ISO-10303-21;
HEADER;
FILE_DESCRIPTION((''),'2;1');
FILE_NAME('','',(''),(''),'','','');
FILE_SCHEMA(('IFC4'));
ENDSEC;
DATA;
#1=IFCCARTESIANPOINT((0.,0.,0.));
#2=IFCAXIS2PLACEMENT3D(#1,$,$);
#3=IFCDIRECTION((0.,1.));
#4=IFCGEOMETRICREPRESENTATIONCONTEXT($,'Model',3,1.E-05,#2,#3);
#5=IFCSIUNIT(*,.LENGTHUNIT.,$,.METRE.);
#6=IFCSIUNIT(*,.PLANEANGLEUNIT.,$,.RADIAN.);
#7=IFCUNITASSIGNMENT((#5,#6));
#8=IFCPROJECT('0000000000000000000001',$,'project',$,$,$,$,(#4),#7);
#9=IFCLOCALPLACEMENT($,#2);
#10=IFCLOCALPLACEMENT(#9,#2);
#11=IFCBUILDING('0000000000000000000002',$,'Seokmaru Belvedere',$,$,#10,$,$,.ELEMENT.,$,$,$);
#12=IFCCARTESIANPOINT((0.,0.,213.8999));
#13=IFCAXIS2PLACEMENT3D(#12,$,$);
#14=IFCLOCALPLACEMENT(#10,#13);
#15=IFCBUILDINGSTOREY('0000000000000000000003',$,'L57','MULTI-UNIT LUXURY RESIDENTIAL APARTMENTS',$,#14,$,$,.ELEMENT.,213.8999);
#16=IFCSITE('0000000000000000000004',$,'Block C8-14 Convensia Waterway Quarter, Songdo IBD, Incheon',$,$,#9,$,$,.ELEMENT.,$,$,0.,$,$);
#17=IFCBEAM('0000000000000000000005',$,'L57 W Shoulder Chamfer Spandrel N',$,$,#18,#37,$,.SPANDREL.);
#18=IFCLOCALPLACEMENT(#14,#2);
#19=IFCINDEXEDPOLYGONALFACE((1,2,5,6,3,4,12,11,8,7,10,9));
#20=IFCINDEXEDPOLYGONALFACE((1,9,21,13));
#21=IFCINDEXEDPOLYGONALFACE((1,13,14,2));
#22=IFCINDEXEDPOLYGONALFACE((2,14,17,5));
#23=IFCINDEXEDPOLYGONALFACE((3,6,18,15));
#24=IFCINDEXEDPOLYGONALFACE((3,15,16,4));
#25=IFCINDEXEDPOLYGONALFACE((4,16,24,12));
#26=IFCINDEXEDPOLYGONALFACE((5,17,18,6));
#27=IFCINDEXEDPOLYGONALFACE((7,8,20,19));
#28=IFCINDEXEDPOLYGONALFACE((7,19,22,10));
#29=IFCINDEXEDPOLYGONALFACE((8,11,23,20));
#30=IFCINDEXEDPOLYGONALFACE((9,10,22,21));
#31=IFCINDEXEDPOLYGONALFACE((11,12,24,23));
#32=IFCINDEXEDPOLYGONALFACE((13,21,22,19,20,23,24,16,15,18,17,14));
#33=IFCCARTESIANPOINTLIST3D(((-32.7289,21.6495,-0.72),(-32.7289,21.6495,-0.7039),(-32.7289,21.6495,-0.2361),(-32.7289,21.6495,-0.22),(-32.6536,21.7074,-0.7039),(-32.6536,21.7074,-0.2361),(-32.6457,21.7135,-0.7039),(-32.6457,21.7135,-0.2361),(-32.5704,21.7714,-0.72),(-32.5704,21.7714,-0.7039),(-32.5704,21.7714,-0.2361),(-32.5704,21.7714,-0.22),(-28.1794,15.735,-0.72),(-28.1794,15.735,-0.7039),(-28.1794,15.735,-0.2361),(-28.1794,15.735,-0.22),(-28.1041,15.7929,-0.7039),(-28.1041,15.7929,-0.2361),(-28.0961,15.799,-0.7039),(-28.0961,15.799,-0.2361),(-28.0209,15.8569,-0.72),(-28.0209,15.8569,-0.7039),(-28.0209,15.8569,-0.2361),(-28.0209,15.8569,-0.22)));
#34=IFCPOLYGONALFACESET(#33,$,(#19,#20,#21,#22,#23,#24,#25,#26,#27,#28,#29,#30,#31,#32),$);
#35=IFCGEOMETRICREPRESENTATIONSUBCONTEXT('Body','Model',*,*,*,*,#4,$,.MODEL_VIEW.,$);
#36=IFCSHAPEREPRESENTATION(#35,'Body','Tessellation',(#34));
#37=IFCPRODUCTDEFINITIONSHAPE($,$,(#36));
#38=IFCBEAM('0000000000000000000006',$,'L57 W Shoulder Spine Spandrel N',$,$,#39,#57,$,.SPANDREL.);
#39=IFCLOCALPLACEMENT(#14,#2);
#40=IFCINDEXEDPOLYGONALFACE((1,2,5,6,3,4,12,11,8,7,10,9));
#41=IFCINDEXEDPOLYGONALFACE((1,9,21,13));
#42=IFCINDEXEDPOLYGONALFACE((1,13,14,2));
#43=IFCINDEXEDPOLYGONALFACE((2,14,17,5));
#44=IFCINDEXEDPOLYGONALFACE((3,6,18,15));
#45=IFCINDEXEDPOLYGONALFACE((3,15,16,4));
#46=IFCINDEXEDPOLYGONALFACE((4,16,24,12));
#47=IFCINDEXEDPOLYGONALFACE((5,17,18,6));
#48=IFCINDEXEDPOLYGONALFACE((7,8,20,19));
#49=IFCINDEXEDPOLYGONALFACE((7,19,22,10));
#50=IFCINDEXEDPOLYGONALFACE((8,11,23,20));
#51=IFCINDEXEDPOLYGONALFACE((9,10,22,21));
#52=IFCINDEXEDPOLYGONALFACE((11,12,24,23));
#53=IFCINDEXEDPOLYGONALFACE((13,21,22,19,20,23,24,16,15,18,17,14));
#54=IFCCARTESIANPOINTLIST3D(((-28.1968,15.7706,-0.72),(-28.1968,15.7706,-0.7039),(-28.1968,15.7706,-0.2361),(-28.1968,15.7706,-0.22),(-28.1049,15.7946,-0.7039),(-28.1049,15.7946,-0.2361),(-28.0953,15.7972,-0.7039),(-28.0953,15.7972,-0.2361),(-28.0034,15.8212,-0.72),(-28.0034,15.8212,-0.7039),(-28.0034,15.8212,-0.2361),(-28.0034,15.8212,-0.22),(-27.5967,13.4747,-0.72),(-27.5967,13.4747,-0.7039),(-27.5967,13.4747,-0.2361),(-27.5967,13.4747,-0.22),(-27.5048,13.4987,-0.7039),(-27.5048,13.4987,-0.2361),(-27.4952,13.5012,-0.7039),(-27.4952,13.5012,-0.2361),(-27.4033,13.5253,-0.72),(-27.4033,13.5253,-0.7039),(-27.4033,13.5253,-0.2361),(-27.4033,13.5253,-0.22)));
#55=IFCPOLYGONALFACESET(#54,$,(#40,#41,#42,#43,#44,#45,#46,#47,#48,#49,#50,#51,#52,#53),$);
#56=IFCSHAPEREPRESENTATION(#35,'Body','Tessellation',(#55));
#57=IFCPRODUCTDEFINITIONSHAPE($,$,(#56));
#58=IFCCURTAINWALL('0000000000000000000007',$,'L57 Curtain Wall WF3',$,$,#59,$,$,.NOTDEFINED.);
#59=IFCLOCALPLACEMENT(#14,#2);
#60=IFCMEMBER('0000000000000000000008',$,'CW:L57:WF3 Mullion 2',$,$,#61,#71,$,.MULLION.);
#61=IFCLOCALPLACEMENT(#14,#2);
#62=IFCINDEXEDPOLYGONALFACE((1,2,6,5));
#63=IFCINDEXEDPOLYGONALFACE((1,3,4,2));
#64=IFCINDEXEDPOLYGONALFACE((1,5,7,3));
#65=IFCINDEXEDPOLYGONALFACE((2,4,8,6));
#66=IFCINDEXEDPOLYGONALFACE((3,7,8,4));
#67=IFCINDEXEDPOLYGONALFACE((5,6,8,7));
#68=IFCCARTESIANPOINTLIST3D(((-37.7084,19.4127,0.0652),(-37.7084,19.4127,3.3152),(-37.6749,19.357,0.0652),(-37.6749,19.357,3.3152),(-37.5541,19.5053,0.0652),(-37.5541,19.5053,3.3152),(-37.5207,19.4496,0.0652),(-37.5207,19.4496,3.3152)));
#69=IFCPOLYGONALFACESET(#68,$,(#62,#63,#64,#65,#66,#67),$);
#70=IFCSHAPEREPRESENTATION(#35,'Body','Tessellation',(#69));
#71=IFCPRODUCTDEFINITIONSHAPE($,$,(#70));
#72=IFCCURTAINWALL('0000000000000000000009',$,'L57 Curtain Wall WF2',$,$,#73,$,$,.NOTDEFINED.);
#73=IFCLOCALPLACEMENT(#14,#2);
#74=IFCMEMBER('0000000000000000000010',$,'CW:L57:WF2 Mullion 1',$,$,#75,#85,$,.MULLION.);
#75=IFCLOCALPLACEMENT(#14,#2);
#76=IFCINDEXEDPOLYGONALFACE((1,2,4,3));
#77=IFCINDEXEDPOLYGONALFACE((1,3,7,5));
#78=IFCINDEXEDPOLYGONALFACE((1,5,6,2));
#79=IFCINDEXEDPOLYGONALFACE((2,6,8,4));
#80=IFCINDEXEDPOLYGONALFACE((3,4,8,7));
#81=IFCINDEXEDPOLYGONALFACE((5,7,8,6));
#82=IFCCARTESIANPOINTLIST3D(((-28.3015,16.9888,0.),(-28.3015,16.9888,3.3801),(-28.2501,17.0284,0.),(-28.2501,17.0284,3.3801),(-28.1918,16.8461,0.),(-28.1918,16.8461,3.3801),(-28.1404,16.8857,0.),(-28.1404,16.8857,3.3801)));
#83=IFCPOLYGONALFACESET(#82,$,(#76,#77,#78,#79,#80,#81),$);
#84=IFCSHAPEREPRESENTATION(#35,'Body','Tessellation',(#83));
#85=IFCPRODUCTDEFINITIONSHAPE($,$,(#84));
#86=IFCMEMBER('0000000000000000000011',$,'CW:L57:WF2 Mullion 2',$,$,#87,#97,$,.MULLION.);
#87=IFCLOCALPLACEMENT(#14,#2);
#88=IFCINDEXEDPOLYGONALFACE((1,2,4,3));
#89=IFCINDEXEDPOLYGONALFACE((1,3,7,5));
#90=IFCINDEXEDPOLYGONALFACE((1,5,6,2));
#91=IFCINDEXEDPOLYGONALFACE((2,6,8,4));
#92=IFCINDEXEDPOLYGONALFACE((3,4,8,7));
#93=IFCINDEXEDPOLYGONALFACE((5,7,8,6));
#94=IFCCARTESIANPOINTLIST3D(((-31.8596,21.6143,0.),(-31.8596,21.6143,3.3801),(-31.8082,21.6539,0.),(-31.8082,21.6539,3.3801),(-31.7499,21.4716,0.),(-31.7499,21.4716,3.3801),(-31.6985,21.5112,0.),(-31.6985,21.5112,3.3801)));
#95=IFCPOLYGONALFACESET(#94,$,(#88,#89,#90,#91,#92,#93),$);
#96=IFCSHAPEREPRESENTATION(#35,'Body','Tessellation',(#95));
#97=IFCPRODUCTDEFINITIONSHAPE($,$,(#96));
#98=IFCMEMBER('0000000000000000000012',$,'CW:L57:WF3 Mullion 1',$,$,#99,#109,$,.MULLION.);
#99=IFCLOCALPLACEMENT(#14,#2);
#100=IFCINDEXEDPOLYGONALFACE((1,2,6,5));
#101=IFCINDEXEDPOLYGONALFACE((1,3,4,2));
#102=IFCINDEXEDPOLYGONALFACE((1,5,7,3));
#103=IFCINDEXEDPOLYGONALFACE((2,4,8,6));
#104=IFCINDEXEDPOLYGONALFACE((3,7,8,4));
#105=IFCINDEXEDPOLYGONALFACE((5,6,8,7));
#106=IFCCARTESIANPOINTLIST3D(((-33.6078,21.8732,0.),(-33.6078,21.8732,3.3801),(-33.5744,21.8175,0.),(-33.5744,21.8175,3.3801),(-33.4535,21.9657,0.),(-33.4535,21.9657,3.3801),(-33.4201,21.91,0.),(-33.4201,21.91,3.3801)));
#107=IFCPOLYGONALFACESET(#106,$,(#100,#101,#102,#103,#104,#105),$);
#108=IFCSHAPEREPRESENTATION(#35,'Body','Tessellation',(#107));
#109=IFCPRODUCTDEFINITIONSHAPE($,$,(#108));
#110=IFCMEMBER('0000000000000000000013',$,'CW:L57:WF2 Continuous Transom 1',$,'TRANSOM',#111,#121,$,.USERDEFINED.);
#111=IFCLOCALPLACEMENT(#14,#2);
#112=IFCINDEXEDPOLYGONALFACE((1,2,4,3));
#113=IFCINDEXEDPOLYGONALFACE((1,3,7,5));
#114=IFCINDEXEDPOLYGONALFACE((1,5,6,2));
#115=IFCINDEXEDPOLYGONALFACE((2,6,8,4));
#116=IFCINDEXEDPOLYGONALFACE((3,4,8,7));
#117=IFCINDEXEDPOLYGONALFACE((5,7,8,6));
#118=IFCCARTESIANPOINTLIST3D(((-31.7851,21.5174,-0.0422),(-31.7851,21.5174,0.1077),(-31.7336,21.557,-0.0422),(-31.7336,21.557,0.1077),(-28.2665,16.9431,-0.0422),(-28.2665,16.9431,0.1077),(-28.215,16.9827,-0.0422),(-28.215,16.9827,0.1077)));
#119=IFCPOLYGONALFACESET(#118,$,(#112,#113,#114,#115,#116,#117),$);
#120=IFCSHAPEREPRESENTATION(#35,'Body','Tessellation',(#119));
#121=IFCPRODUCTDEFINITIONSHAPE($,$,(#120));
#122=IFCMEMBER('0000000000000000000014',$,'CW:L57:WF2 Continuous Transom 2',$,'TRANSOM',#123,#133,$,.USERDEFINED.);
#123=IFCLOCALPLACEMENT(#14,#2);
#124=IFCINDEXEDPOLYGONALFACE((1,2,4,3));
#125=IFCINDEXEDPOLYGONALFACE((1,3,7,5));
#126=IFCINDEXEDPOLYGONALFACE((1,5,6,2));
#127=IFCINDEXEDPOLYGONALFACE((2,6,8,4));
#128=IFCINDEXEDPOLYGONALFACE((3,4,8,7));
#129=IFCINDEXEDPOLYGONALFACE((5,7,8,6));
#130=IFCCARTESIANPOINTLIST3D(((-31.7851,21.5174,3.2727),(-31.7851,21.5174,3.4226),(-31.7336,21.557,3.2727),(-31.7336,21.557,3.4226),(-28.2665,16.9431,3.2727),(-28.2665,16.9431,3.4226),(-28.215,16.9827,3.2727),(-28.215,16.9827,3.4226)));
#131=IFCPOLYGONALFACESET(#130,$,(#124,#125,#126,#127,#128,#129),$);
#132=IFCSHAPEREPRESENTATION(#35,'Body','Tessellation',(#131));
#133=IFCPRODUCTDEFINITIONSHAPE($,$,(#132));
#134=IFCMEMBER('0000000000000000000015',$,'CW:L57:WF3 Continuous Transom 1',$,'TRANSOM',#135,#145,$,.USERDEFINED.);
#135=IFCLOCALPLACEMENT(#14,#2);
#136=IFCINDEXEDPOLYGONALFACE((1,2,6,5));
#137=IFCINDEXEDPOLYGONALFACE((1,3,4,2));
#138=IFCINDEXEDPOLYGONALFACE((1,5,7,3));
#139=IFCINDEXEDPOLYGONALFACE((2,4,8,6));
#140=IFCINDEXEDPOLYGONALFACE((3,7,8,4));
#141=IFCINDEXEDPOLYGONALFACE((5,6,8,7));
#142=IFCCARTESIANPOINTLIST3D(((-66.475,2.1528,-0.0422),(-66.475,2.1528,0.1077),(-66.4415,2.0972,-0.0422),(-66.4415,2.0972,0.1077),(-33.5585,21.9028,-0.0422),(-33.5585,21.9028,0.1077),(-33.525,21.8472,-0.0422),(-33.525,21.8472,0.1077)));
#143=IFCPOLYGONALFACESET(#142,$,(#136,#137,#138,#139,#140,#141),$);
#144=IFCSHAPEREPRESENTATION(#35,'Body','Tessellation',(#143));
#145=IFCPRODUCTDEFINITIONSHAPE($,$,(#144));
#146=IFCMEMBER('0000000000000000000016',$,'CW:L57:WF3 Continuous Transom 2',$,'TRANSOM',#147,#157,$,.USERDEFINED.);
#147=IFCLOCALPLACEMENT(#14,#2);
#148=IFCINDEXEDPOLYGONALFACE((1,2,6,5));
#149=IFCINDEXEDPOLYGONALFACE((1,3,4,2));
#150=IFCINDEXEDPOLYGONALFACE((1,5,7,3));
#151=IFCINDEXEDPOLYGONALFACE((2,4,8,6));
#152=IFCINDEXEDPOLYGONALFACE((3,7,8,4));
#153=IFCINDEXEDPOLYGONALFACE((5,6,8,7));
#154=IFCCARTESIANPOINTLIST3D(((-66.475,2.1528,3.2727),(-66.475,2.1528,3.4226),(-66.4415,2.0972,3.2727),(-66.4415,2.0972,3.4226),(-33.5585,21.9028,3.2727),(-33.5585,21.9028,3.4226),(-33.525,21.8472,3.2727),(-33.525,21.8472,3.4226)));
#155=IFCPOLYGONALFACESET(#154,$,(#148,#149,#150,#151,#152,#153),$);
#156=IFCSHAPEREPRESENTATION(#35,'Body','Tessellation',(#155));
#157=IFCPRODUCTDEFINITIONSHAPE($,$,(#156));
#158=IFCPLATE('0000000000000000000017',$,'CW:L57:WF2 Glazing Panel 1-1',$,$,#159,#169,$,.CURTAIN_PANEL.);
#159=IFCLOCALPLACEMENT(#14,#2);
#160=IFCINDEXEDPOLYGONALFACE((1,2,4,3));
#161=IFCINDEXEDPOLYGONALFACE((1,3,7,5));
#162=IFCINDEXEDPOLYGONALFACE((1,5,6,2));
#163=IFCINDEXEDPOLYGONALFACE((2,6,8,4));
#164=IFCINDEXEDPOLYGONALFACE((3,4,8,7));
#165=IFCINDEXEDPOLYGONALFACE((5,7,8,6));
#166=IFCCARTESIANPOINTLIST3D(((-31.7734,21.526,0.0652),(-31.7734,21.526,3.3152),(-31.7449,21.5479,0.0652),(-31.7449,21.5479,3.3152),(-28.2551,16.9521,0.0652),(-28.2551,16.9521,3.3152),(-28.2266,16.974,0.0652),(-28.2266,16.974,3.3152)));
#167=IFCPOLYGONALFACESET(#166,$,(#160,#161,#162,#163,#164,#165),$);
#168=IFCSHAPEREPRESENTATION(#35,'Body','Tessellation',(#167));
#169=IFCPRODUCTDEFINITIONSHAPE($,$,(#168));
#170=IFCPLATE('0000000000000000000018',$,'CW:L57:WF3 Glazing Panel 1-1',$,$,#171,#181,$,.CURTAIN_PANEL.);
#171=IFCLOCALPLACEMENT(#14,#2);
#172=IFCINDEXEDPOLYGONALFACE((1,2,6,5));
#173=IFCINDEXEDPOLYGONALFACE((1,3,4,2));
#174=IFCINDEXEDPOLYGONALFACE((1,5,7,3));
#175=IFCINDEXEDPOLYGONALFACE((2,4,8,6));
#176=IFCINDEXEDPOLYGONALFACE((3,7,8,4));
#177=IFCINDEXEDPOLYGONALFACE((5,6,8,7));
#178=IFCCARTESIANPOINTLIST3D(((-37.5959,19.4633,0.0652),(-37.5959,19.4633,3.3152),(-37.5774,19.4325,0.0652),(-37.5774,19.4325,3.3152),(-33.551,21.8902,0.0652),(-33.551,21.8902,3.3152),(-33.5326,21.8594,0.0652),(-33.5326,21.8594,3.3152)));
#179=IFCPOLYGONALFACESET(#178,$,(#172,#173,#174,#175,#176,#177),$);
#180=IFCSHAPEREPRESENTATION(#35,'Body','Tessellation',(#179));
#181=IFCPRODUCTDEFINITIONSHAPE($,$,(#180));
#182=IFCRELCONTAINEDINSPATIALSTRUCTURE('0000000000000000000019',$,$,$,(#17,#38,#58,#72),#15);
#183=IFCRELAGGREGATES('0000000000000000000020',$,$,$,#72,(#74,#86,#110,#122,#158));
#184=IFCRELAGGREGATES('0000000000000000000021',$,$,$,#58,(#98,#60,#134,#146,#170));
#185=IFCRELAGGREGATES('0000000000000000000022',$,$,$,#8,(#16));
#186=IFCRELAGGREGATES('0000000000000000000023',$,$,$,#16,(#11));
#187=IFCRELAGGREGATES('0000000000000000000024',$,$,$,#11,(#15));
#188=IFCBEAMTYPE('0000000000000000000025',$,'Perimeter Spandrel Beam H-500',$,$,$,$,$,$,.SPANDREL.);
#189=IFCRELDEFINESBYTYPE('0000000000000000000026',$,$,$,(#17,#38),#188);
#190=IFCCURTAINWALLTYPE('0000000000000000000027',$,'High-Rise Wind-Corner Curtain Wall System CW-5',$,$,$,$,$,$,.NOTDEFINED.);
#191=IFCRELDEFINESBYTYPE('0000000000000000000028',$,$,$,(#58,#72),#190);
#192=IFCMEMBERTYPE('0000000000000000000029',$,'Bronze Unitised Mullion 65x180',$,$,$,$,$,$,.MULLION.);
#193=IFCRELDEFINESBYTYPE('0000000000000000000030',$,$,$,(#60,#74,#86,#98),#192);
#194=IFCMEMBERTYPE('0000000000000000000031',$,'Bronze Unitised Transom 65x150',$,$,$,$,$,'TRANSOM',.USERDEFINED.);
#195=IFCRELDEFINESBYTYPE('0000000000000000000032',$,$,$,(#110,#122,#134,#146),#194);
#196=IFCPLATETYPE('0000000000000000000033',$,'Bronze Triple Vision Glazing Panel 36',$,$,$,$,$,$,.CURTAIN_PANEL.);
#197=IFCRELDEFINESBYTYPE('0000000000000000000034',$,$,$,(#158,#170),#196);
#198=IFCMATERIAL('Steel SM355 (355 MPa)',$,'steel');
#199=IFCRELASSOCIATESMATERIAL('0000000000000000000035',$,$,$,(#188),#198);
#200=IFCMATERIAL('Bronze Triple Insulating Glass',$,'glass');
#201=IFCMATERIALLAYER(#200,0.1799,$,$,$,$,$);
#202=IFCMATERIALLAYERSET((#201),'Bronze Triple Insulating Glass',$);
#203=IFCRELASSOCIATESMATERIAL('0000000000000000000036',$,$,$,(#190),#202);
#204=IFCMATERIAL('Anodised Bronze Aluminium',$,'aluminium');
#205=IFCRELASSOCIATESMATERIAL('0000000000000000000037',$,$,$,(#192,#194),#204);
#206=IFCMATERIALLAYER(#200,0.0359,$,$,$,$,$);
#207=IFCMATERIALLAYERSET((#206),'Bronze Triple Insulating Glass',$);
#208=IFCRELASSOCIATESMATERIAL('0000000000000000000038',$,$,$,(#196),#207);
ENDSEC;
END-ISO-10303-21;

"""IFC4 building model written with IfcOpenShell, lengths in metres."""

from ifc_helpers import new_model, si_unit, direction, frame, origin, origin_2d, place, context, subcontext, project, spatial, rectangle, i_section, extrude, source, transform, mapped, material, layer, layer_set, material_profile, profile_set, type_object, type_shapes, element, aggregate, save


model = new_model("IFC4")

# Units and contexts
model_context = context("Model", 3, precision=1e-05, world=origin(), true_north=direction((0.0, 1.0)))
body_context = subcontext(model_context, "Body", "Model", "MODEL_VIEW")
ifc_project = project(units=[si_unit("LENGTHUNIT", "METRE"), si_unit("PLANEANGLEUNIT", "RADIAN")], contexts=[model_context])

# Site, building, storey
site_placement = place(None, origin())
site = spatial("IfcSite", under=ifc_project, at=site_placement, Name="Block C8-14 Convensia Waterway Quarter, Songdo IBD, Incheon", CompositionType="ELEMENT", RefElevation=0.0)
building_placement = place(site_placement, origin())
building = spatial("IfcBuilding", under=site, at=building_placement, Name="Seokmaru Belvedere", CompositionType="ELEMENT")
storey_placement = place(building_placement, frame((0.0, 0.0, 213.8999)))
storey = spatial("IfcBuildingStorey", under=building, at=storey_placement, Name="L57", Description="MULTI-UNIT LUXURY RESIDENTIAL APARTMENTS", CompositionType="ELEMENT", Elevation=213.8999)

# Shared definitions
ifc_material_1 = material(Name="Steel SM355 (355 MPa)", Category="steel")

# Beams
ifc_material_profile_1 = material_profile(ifc_material_1, i_section(OverallWidth=0.2, OverallDepth=0.5, WebThickness=0.01, FlangeThickness=0.0161, at=origin_2d()), Name="H-500x200x10x16")
ifc_profile_set_1 = profile_set([ifc_material_profile_1], Name="Steel SM355 (355 MPa)")
beam_type_1 = type_object("IfcBeamType", Name="Perimeter Spandrel Beam H-500", PredefinedType="SPANDREL", material=ifc_profile_set_1)
shared_shape_1 = source(origin(), body_context, "Body", "SweptSolid", [
    extrude(i_section(OverallWidth=0.2, OverallDepth=0.5, WebThickness=0.01, FlangeThickness=0.0161, at=origin_2d()), origin(), (0.0, 0.0, 1.0), 7.4619),
])
beam_1_placement = place(storey_placement, frame((-32.6497, 21.7104, -0.47), z_axis=(0.609703, -0.79263, 0.0), x_axis=(0.79263, 0.609703, 0.0)))
element("IfcBeam", 1, at=beam_1_placement, inside=storey, type_object=beam_type_1, Name="L57 W Shoulder Chamfer Spandrel N", PredefinedType="SPANDREL", context=body_context, shape_type="MappedRepresentation", body=[
    mapped(shared_shape_1, transform((0.0, 0.0, 0.0), scale=1.0)),
])
shared_shape_2 = source(origin(), body_context, "Body", "SweptSolid", [
    extrude(i_section(OverallWidth=0.2, OverallDepth=0.5, WebThickness=0.01, FlangeThickness=0.0161, at=origin_2d()), origin(), (0.0, 0.0, 1.0), 2.373),
])
beam_2_placement = place(storey_placement, frame((-28.1001, 15.7959, -0.47), z_axis=(0.252883, -0.967497, 0.0), x_axis=(0.967497, 0.252883, 0.0)))
element("IfcBeam", 2, at=beam_2_placement, inside=storey, type_object=beam_type_1, Name="L57 W Shoulder Spine Spandrel N", PredefinedType="SPANDREL", context=body_context, shape_type="MappedRepresentation", body=[
    mapped(shared_shape_2, transform((0.0, 0.0, 0.0), scale=1.0)),
])

# Curtain wall, member
ifc_material_2 = material(Name="Bronze Triple Insulating Glass", Category="glass")
ifc_layer_1 = layer(ifc_material_2, 0.1799)
ifc_layer_set_1 = layer_set([ifc_layer_1], Name="Bronze Triple Insulating Glass")
curtain_wall_type = type_object("IfcCurtainWallType", Name="High-Rise Wind-Corner Curtain Wall System CW-5", PredefinedType="NOTDEFINED", material=ifc_layer_set_1)
curtain_wall_1_placement = place(storey_placement, origin())
curtain_wall_1 = element("IfcCurtainWall", 3, at=curtain_wall_1_placement, inside=storey, type_object=curtain_wall_type, Name="L57 Curtain Wall WF3", PredefinedType="NOTDEFINED")
ifc_material_3 = material(Name="Anodised Bronze Aluminium", Category="aluminium")
ifc_material_profile_2 = material_profile(ifc_material_3, rectangle(XDim=0.0649, YDim=0.1799, at=origin_2d()), Name="CW-M-65x180")
ifc_profile_set_2 = profile_set([ifc_material_profile_2], Name="Anodised Bronze Aluminium")
member_type_1 = type_object("IfcMemberType", Name="Bronze Unitised Mullion 65x180", PredefinedType="MULLION", material=ifc_profile_set_2)
shared_shape_3 = source(origin(), body_context, "Body", "SweptSolid", [
    extrude(rectangle(XDim=0.0649, YDim=0.1799, at=origin_2d()), origin(), (0.0, 0.0, 1.0), 3.25),
])
member_1_placement = place(storey_placement, frame((-37.6145, 19.4312, 0.0652), z_axis=(0.0, 0.0, 1.0), x_axis=(0.514495, -0.857493, 0.0)))
member_1 = element("IfcMember", 4, at=member_1_placement, type_object=member_type_1, Name="CW:L57:WF3 Mullion 2", PredefinedType="MULLION", context=body_context, shape_type="MappedRepresentation", body=[
    mapped(shared_shape_3, transform((0.0, 0.0, 0.0), scale=1.0)),
])

# Curtain wall, members
curtain_wall_2_placement = place(storey_placement, origin())
curtain_wall_2 = element("IfcCurtainWall", 5, at=curtain_wall_2_placement, inside=storey, type_object=curtain_wall_type, Name="L57 Curtain Wall WF2", PredefinedType="NOTDEFINED")
shared_shape_4 = source(origin(), body_context, "Body", "SweptSolid", [
    extrude(rectangle(XDim=0.0649, YDim=0.1799, at=origin_2d()), origin(), (0.0, 0.0, 1.0), 3.3801),
])
type_shapes(member_type_1, [shared_shape_3, shared_shape_4])
member_2_placement = place(storey_placement, frame((-28.2209, 16.9373, 0.0), z_axis=(0.0, 0.0, 1.0), x_axis=(-0.792631, -0.609701, 0.0)))
member_2 = element("IfcMember", 6, at=member_2_placement, type_object=member_type_1, Name="CW:L57:WF2 Mullion 1", PredefinedType="MULLION", context=body_context, shape_type="MappedRepresentation", body=[
    mapped(shared_shape_4, transform((0.0, 0.0, 0.0), scale=1.0)),
])
member_3_placement = place(storey_placement, frame((-31.7791, 21.5627, 0.0), z_axis=(0.0, 0.0, 1.0), x_axis=(-0.792631, -0.609701, 0.0)))
member_3 = element("IfcMember", 7, at=member_3_placement, type_object=member_type_1, Name="CW:L57:WF2 Mullion 2", PredefinedType="MULLION", context=body_context, shape_type="MappedRepresentation", body=[
    mapped(shared_shape_4, transform((0.0, 0.0, 0.0), scale=1.0)),
])

# Members
member_4_placement = place(storey_placement, frame((-33.5139, 21.8916, 0.0), z_axis=(0.0, 0.0, 1.0), x_axis=(0.514495, -0.857493, 0.0)))
member_4 = element("IfcMember", 8, at=member_4_placement, type_object=member_type_1, Name="CW:L57:WF3 Mullion 1", PredefinedType="MULLION", context=body_context, shape_type="MappedRepresentation", body=[
    mapped(shared_shape_4, transform((0.0, 0.0, 0.0), scale=1.0)),
])
ifc_material_profile_3 = material_profile(ifc_material_3, rectangle(XDim=0.0649, YDim=0.1499, at=origin_2d()), Name="CW-T-65x150")
ifc_profile_set_3 = profile_set([ifc_material_profile_3], Name="Anodised Bronze Aluminium")
member_type_2 = type_object("IfcMemberType", Name="Bronze Unitised Transom 65x150", ElementType="TRANSOM", PredefinedType="USERDEFINED", material=ifc_profile_set_3)
shared_shape_5 = source(origin(), body_context, "Body", "SweptSolid", [
    extrude(rectangle(XDim=0.0649, YDim=0.1499, at=origin_2d()), origin(), (0.0, 0.0, 1.0), 5.771),
])
member_5_placement = place(storey_placement, frame((-28.2407, 16.9629, 0.0327), z_axis=(-0.609703, 0.79263, 0.0), x_axis=(-0.79263, -0.609703, 0.0)))
member_5 = element("IfcMember", 9, at=member_5_placement, type_object=member_type_2, Name="CW:L57:WF2 Continuous Transom 1", ObjectType="TRANSOM", PredefinedType="USERDEFINED", context=body_context, shape_type="MappedRepresentation", body=[
    mapped(shared_shape_5, transform((0.0, 0.0, 0.0), scale=1.0)),
])
member_6_placement = place(storey_placement, frame((-28.2407, 16.9629, 3.3477), z_axis=(-0.609703, 0.79263, 0.0), x_axis=(-0.79263, -0.609703, 0.0)))
member_6 = element("IfcMember", 10, at=member_6_placement, type_object=member_type_2, Name="CW:L57:WF2 Continuous Transom 2", ObjectType="TRANSOM", PredefinedType="USERDEFINED", context=body_context, shape_type="MappedRepresentation", body=[
    mapped(shared_shape_5, transform((0.0, 0.0, 0.0), scale=1.0)),
])
shared_shape_6 = source(origin(), body_context, "Body", "SweptSolid", [
    extrude(rectangle(XDim=0.0649, YDim=0.1499, at=origin_2d()), origin(), (0.0, 0.0, 1.0), 38.387),
])
type_shapes(member_type_2, [shared_shape_5, shared_shape_6])
member_7_placement = place(storey_placement, frame((-33.5417, 21.875, 0.0327), z_axis=(-0.857492, -0.514498, 0.0), x_axis=(0.514498, -0.857492, 0.0)))
member_7 = element("IfcMember", 11, at=member_7_placement, type_object=member_type_2, Name="CW:L57:WF3 Continuous Transom 1", ObjectType="TRANSOM", PredefinedType="USERDEFINED", context=body_context, shape_type="MappedRepresentation", body=[
    mapped(shared_shape_6, transform((0.0, 0.0, 0.0), scale=1.0)),
])
member_8_placement = place(storey_placement, frame((-33.5417, 21.875, 3.3477), z_axis=(-0.857492, -0.514498, 0.0), x_axis=(0.514498, -0.857492, 0.0)))
member_8 = element("IfcMember", 12, at=member_8_placement, type_object=member_type_2, Name="CW:L57:WF3 Continuous Transom 2", ObjectType="TRANSOM", PredefinedType="USERDEFINED", context=body_context, shape_type="MappedRepresentation", body=[
    mapped(shared_shape_6, transform((0.0, 0.0, 0.0), scale=1.0)),
])

# Plates
ifc_layer_2 = layer(ifc_material_2, 0.0359)
ifc_layer_set_2 = layer_set([ifc_layer_2], Name="Bronze Triple Insulating Glass")
plate_type = type_object("IfcPlateType", Name="Bronze Triple Vision Glazing Panel 36", PredefinedType="CURTAIN_PANEL", material=ifc_layer_set_2)
shared_shape_7 = source(origin(), body_context, "Body", "SweptSolid", [
    extrude(rectangle(XDim=5.7705, YDim=0.0359, at=origin_2d()), origin(), (0.0, 0.0, 1.0), 3.25),
])
plate_1_placement = place(storey_placement, frame((-30.0, 19.25, 0.0652), z_axis=(0.0, 0.0, 1.0), x_axis=(-0.609701, 0.792631, 0.0)))
plate_1 = element("IfcPlate", 13, at=plate_1_placement, type_object=plate_type, Name="CW:L57:WF2 Glazing Panel 1-1", PredefinedType="CURTAIN_PANEL", context=body_context, shape_type="MappedRepresentation", body=[
    mapped(shared_shape_7, transform((0.0, 0.0, 0.0), scale=1.0)),
])
aggregate(curtain_wall_2, [member_2, member_3, member_5, member_6, plate_1])
shared_shape_8 = source(origin(), body_context, "Body", "SweptSolid", [
    extrude(rectangle(XDim=4.717, YDim=0.0359, at=origin_2d()), origin(), (0.0, 0.0, 1.0), 3.25),
])
type_shapes(plate_type, [shared_shape_7, shared_shape_8])
plate_2_placement = place(storey_placement, frame((-35.5642, 20.6614, 0.0652), z_axis=(0.0, 0.0, 1.0), x_axis=(-0.857493, -0.514495, 0.0)))
plate_2 = element("IfcPlate", 14, at=plate_2_placement, type_object=plate_type, Name="CW:L57:WF3 Glazing Panel 1-1", PredefinedType="CURTAIN_PANEL", context=body_context, shape_type="MappedRepresentation", body=[
    mapped(shared_shape_8, transform((0.0, 0.0, 0.0), scale=1.0)),
])
aggregate(curtain_wall_1, [member_4, member_1, member_7, member_8, plate_2])

save(model, "model.ifc")
